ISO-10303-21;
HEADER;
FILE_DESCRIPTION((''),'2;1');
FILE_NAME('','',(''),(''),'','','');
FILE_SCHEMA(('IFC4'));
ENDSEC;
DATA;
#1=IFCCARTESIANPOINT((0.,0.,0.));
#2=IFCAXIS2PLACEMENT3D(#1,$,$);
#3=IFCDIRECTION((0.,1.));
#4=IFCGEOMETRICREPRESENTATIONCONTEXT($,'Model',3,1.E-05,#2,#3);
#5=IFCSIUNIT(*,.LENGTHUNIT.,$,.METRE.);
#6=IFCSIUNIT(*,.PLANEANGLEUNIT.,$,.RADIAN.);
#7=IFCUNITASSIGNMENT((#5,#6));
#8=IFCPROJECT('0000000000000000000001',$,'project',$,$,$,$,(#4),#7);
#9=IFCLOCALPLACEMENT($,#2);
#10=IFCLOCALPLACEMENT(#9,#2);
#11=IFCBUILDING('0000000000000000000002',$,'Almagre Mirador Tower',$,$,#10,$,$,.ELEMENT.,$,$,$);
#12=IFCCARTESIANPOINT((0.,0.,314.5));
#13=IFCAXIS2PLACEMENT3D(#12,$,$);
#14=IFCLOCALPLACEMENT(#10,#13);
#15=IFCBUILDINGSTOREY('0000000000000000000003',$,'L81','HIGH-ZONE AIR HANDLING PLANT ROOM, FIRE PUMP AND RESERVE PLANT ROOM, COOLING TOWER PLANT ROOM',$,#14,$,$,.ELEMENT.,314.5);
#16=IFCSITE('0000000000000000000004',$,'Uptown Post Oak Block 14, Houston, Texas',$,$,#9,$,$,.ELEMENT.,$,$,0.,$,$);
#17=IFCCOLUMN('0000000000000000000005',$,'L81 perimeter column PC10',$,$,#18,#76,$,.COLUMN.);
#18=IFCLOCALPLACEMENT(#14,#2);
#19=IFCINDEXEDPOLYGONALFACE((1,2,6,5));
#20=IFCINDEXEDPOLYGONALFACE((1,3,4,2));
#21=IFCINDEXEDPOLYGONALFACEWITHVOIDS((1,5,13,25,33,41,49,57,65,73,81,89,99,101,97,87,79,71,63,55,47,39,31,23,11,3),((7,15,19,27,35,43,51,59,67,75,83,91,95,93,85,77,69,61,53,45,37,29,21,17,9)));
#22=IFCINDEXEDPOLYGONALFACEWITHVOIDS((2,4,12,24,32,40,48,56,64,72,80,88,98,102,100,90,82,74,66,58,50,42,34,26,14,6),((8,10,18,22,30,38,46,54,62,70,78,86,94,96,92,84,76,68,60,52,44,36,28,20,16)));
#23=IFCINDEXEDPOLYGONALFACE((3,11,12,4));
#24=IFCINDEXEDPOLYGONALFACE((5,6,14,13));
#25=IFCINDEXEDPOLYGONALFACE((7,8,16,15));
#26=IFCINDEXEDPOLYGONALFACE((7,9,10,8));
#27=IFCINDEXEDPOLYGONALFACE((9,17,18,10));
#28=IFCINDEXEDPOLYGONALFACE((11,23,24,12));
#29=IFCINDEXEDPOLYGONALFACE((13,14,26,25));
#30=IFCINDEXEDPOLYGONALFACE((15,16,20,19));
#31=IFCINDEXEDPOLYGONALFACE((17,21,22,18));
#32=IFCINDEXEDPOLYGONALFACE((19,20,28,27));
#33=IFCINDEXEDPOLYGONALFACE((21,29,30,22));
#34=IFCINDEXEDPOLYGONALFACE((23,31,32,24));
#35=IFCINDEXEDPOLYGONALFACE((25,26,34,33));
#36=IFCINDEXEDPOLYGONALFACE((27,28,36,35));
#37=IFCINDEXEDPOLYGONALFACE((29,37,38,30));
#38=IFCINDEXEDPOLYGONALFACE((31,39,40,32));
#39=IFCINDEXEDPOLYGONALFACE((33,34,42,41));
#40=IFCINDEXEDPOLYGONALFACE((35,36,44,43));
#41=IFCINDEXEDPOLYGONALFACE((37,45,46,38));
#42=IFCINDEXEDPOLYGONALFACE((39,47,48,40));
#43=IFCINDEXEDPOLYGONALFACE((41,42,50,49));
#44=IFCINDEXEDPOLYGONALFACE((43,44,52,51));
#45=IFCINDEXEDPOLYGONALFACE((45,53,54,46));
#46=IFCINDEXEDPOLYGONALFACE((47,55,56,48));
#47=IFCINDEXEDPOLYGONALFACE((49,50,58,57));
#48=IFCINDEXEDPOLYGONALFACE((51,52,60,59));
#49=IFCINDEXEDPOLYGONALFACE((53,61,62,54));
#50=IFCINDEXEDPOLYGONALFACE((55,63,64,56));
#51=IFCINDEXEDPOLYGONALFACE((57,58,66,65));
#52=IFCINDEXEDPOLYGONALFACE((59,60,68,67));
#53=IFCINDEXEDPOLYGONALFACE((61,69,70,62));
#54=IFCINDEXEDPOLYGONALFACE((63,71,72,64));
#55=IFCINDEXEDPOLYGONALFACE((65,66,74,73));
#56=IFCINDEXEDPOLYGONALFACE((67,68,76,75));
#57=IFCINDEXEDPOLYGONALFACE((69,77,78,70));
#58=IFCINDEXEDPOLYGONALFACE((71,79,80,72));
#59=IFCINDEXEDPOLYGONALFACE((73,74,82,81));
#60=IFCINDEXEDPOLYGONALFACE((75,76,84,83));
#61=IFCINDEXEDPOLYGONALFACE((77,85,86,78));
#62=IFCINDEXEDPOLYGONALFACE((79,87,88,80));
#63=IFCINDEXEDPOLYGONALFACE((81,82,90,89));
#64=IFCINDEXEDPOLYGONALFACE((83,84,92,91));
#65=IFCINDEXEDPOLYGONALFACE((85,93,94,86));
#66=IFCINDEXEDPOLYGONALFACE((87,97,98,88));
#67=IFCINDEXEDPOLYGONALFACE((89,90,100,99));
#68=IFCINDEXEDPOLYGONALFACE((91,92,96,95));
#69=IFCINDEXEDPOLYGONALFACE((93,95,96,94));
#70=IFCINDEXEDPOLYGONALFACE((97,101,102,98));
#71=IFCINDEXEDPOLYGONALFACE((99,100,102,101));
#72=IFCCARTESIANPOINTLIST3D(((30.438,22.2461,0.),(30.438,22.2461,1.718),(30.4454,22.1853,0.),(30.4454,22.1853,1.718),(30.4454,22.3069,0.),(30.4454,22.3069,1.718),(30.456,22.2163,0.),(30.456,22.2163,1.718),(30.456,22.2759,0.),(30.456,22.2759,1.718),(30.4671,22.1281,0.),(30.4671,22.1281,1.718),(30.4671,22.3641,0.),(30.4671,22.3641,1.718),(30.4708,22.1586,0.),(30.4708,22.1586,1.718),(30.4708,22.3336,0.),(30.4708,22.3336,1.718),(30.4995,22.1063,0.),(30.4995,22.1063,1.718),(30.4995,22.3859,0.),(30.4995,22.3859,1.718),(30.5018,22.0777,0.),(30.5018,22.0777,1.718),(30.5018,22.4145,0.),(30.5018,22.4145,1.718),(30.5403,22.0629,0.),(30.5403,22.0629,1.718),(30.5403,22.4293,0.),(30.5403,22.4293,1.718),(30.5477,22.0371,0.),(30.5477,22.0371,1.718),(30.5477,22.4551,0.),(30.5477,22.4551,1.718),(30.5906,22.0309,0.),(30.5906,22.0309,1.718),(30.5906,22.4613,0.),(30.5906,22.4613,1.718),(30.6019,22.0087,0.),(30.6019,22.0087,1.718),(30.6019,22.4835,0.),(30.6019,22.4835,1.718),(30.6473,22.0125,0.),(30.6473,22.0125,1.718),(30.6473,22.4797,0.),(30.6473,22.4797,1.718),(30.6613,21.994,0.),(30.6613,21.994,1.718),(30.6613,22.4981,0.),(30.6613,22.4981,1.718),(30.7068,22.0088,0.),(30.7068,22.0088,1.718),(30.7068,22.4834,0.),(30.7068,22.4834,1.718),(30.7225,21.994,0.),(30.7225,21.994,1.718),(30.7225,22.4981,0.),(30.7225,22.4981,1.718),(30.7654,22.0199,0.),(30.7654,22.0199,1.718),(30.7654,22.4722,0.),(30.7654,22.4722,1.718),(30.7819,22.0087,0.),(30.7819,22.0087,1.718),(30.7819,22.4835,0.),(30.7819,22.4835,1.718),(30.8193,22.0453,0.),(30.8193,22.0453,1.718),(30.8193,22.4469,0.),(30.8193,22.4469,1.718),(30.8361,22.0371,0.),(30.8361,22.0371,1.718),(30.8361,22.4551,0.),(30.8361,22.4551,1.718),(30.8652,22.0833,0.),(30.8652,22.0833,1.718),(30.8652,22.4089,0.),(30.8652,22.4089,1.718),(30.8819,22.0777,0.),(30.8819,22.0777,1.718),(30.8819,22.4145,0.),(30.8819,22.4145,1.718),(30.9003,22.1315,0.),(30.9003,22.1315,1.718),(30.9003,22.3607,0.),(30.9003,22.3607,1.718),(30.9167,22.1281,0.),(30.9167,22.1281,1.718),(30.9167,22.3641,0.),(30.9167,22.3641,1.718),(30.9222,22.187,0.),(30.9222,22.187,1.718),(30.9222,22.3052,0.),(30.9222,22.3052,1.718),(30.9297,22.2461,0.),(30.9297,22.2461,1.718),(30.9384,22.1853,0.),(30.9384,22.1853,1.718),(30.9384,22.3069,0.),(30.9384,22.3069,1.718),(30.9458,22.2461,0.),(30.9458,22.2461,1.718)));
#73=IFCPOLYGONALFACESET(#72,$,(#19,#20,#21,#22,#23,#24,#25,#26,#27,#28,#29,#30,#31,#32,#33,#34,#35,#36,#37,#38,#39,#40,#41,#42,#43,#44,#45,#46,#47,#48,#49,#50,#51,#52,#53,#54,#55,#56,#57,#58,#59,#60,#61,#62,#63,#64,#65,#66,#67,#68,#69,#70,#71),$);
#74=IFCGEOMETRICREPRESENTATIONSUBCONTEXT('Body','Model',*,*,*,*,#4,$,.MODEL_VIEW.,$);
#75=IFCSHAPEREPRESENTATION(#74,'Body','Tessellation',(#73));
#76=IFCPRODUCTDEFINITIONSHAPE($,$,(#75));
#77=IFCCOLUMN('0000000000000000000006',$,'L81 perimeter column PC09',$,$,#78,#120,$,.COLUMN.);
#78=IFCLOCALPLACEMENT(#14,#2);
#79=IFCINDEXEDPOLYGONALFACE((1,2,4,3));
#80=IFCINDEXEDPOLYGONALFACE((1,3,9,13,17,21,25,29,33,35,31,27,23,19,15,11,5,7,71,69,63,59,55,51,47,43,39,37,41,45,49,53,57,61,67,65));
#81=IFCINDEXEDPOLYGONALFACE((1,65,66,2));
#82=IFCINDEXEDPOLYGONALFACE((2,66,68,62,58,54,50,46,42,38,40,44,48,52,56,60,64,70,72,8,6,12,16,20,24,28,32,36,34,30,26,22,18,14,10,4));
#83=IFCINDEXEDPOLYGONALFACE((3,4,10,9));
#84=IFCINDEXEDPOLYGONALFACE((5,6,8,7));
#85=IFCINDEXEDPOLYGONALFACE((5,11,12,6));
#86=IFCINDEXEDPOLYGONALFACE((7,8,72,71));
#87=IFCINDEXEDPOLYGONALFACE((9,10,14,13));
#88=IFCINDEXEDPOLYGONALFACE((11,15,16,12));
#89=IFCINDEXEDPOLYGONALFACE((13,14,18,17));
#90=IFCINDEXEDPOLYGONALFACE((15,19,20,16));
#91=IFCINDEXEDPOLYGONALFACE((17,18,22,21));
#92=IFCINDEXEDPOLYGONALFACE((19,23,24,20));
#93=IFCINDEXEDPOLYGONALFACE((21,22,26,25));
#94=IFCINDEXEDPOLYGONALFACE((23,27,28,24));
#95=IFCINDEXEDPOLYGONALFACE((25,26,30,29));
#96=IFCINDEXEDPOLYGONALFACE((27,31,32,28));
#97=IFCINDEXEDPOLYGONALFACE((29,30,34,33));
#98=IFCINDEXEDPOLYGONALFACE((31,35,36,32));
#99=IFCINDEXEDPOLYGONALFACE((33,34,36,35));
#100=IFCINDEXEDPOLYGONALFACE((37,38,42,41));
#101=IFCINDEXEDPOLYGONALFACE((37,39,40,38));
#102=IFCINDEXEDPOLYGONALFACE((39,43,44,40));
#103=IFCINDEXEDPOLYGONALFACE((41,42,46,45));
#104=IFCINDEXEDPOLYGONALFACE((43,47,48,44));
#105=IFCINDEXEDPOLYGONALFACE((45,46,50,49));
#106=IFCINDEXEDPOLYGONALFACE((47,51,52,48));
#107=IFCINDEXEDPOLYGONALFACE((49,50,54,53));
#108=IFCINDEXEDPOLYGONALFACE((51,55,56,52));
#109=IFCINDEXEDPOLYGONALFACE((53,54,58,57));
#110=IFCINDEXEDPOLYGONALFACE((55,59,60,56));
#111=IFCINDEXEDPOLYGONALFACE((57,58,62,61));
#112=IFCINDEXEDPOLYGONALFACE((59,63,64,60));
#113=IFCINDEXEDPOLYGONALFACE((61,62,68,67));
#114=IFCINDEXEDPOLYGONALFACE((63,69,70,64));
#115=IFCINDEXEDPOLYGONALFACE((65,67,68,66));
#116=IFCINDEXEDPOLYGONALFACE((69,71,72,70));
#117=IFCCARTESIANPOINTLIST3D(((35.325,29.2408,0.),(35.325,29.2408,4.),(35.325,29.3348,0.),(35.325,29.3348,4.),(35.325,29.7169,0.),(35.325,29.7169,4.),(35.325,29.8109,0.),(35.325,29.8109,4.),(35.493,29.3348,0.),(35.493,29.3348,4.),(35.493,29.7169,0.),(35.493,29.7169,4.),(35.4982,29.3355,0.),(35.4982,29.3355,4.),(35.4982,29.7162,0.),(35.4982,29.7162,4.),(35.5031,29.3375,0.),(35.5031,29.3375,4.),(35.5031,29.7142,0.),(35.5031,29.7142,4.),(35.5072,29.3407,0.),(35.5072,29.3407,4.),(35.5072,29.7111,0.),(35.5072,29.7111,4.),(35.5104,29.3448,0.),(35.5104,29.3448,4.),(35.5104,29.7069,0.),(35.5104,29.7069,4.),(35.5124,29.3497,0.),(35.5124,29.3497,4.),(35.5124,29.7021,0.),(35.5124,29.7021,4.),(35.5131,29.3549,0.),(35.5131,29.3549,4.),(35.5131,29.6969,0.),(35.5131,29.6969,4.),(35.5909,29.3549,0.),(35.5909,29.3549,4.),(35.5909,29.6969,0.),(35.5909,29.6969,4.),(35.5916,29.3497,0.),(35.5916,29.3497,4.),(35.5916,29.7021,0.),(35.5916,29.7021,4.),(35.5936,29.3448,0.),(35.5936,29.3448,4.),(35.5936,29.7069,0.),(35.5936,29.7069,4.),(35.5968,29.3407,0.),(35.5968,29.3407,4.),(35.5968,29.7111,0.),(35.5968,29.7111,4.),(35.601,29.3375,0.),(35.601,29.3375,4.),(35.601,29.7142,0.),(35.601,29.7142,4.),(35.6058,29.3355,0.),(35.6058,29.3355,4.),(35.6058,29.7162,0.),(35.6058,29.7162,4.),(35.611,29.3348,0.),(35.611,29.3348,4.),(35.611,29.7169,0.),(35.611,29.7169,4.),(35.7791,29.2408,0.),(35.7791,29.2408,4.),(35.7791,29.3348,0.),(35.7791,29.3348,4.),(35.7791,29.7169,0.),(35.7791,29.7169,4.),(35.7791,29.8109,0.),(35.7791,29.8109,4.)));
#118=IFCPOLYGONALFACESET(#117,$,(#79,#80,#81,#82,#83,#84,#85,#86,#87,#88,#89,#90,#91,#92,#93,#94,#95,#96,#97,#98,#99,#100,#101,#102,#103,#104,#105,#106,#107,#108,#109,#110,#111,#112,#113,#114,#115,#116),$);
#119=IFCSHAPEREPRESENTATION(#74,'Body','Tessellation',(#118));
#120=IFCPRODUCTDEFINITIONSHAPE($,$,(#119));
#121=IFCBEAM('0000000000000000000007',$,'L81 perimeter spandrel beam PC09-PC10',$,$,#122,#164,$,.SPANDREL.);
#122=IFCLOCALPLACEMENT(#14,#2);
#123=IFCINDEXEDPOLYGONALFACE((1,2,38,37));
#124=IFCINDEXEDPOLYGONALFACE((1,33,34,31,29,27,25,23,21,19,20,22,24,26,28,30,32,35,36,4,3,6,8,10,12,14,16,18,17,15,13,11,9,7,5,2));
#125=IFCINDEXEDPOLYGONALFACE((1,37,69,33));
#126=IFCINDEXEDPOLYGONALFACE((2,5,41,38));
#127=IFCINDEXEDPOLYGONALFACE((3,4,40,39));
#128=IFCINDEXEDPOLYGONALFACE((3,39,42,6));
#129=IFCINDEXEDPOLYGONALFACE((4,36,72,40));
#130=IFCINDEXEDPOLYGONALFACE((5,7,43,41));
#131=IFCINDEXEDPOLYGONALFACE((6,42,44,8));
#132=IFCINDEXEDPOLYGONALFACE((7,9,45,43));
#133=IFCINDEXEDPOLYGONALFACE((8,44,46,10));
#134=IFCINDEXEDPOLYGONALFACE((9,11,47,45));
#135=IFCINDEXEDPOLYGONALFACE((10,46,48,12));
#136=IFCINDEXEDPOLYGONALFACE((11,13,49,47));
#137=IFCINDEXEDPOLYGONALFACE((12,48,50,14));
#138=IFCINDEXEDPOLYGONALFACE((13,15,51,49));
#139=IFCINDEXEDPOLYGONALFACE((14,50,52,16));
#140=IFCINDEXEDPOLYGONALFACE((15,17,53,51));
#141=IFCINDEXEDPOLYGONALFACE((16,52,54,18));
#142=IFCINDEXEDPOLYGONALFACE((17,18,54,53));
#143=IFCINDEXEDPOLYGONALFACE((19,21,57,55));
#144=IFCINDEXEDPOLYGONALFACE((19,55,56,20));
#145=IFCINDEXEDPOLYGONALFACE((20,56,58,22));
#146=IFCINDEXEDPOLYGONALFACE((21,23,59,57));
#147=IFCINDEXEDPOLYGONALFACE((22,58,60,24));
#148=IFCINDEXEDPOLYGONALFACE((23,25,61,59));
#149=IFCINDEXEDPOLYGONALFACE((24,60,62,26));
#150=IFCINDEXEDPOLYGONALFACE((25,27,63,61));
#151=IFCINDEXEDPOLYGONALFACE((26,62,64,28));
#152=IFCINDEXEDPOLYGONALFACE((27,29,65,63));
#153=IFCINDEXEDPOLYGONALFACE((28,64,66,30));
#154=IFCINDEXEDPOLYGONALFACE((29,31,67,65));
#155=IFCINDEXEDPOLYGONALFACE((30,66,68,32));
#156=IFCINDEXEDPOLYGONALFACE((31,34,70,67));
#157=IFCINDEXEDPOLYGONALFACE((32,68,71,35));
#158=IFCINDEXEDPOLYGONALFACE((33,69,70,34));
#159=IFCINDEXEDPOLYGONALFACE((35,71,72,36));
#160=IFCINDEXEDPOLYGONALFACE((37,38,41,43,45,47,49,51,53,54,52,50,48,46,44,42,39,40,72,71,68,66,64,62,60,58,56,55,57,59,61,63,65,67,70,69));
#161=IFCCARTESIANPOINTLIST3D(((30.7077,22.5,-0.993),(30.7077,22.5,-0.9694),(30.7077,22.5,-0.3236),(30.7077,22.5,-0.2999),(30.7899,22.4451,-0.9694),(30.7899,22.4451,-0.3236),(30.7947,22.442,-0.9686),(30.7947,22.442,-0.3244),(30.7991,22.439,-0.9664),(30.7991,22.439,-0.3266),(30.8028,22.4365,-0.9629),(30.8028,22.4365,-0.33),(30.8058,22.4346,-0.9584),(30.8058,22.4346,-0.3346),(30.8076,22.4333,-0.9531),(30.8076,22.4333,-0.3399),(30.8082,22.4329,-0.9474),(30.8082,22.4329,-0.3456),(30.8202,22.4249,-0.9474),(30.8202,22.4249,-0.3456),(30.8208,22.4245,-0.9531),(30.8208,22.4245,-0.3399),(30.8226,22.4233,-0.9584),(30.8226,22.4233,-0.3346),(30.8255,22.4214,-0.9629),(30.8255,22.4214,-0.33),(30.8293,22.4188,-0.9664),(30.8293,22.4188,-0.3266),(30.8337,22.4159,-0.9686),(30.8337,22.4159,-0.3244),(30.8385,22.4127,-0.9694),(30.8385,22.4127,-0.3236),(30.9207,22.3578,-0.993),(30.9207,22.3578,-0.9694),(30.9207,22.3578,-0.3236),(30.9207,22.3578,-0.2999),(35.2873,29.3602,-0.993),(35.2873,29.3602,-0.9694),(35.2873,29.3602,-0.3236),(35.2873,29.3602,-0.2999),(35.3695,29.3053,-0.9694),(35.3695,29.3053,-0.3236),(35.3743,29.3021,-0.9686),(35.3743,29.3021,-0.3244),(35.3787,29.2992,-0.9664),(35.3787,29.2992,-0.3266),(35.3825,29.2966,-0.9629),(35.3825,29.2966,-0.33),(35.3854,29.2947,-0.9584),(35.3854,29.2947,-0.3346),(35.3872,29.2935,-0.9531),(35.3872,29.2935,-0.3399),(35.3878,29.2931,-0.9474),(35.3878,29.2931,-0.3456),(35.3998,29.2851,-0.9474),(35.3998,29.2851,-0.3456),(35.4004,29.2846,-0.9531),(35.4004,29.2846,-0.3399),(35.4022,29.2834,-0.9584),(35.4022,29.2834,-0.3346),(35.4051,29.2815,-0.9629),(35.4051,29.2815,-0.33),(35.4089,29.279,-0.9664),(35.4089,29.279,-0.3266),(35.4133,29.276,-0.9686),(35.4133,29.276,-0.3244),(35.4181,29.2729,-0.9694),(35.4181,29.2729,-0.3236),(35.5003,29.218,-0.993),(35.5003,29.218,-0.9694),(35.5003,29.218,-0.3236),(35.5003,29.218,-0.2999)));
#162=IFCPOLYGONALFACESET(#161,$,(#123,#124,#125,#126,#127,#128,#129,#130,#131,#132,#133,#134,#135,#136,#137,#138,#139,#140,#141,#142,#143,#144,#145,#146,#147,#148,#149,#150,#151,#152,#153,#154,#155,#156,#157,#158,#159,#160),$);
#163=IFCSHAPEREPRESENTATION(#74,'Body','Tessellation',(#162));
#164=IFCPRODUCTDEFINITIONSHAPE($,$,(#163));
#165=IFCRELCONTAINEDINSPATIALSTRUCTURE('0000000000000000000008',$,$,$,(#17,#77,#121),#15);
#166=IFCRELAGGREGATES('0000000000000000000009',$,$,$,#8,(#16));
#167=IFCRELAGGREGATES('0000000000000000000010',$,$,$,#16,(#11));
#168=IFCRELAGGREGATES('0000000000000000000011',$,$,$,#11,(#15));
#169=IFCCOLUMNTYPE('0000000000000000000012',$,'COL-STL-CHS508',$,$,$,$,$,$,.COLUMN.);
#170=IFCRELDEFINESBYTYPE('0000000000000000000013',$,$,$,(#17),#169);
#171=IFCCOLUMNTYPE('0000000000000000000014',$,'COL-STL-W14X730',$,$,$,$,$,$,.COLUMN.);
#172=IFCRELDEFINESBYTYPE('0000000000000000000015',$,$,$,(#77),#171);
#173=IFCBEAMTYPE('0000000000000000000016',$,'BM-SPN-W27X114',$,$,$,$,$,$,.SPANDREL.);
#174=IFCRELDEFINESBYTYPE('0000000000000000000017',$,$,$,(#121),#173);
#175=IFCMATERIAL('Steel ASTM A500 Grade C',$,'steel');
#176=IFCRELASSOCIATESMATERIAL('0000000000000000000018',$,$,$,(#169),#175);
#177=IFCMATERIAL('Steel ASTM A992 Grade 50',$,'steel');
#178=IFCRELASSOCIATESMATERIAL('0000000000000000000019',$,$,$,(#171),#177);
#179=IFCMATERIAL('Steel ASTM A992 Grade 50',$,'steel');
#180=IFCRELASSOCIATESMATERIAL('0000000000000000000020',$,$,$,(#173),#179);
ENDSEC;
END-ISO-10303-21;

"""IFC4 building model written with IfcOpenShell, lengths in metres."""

from ifc_helpers import new_model, si_unit, direction, frame, origin, origin_2d, place, context, subcontext, project, spatial, hollow_circle, i_section, extrude, material, material_profile, profile_set, type_object, element, save


model = new_model("IFC4")

# Units and contexts
model_context = context("Model", 3, precision=1e-05, world=origin(), true_north=direction((0.0, 1.0)))
body_context = subcontext(model_context, "Body", "Model", "MODEL_VIEW")
ifc_project = project(units=[si_unit("LENGTHUNIT", "METRE"), si_unit("PLANEANGLEUNIT", "RADIAN")], contexts=[model_context])

# Site, building, storey
site_placement = place(None, origin())
site = spatial("IfcSite", under=ifc_project, at=site_placement, Name="Uptown Post Oak Block 14, Houston, Texas", CompositionType="ELEMENT", RefElevation=0.0)
building_placement = place(site_placement, origin())
building = spatial("IfcBuilding", under=site, at=building_placement, Name="Almagre Mirador Tower", CompositionType="ELEMENT")
storey_placement = place(building_placement, frame((0.0, 0.0, 314.5)))
storey = spatial("IfcBuildingStorey", under=building, at=storey_placement, Name="L81", Description="HIGH-ZONE AIR HANDLING PLANT ROOM, FIRE PUMP AND RESERVE PLANT ROOM, COOLING TOWER PLANT ROOM", CompositionType="ELEMENT", Elevation=314.5)

# Columns
ifc_material_1 = material(Name="Steel ASTM A500 Grade C", Category="steel")
ifc_material_profile_1 = material_profile(ifc_material_1, hollow_circle(Radius=0.2539, WallThickness=0.0161, at=origin_2d()), Name="CHS508X16")
ifc_profile_set_1 = profile_set([ifc_material_profile_1], Name="Steel ASTM A500 Grade C")
column_type_1 = type_object("IfcColumnType", Name="COL-STL-CHS508", PredefinedType="COLUMN", material=ifc_profile_set_1)
column_1_placement = place(storey_placement, frame((30.6919, 22.2461, 0.0), z_axis=(0.0, 0.0, 1.0), x_axis=(1.0, 0.0, 0.0)))
element("IfcColumn", 1, at=column_1_placement, inside=storey, type_object=column_type_1, Name="L81 perimeter column PC10", PredefinedType="COLUMN", context=body_context, shape_type="SweptSolid", body=[
    extrude(hollow_circle(Radius=0.2539, WallThickness=0.0161, at=origin_2d()), origin(), (0.0, 0.0, 1.0), 1.718),
])
ifc_material_2 = material(Name="Steel ASTM A992 Grade 50", Category="steel")
ifc_material_profile_2 = material_profile(ifc_material_2, i_section(OverallWidth=0.4541, OverallDepth=0.5701, WebThickness=0.0779, FlangeThickness=0.094, FilletRadius=0.02, at=origin_2d()), Name="W14X730")
ifc_profile_set_2 = profile_set([ifc_material_profile_2], Name="Steel ASTM A992 Grade 50")
column_type_2 = type_object("IfcColumnType", Name="COL-STL-W14X730", PredefinedType="COLUMN", material=ifc_profile_set_2)
column_2_placement = place(storey_placement, frame((35.552, 29.5259, 0.0), z_axis=(0.0, 0.0, 1.0), x_axis=(1.0, 0.0, 0.0)))
element("IfcColumn", 2, at=column_2_placement, inside=storey, type_object=column_type_2, Name="L81 perimeter column PC09", PredefinedType="COLUMN", context=body_context, shape_type="SweptSolid", body=[
    extrude(i_section(OverallWidth=0.4541, OverallDepth=0.5701, WebThickness=0.0779, FlangeThickness=0.094, FilletRadius=0.02, at=origin_2d()), origin(), (0.0, 0.0, 1.0), 4.0),
])

# Beam
ifc_material_3 = material(Name="Steel ASTM A992 Grade 50", Category="steel")
ifc_material_profile_3 = material_profile(ifc_material_3, i_section(OverallWidth=0.2561, OverallDepth=0.6931, WebThickness=0.0144, FlangeThickness=0.0237, FilletRadius=0.022, at=origin_2d()), Name="W27X114")
ifc_profile_set_3 = profile_set([ifc_material_profile_3], Name="Steel ASTM A992 Grade 50")
beam_type_1 = type_object("IfcBeamType", Name="BM-SPN-W27X114", PredefinedType="SPANDREL", material=ifc_profile_set_3)
beam_1_placement = place(storey_placement, frame((35.3938, 29.2891, -0.6465), z_axis=(-0.555219, -0.831704, 0.0), x_axis=(0.831704, -0.555219, 0.0)))
element("IfcBeam", 3, at=beam_1_placement, inside=storey, type_object=beam_type_1, Name="L81 perimeter spandrel beam PC09-PC10", PredefinedType="SPANDREL", context=body_context, shape_type="SweptSolid", body=[
    extrude(i_section(OverallWidth=0.2561, OverallDepth=0.6931, WebThickness=0.0144, FlangeThickness=0.0237, FilletRadius=0.022, at=origin_2d()), origin(), (0.0, 0.0, 1.0), 8.2483),
])

save(model, "model.ifc")
